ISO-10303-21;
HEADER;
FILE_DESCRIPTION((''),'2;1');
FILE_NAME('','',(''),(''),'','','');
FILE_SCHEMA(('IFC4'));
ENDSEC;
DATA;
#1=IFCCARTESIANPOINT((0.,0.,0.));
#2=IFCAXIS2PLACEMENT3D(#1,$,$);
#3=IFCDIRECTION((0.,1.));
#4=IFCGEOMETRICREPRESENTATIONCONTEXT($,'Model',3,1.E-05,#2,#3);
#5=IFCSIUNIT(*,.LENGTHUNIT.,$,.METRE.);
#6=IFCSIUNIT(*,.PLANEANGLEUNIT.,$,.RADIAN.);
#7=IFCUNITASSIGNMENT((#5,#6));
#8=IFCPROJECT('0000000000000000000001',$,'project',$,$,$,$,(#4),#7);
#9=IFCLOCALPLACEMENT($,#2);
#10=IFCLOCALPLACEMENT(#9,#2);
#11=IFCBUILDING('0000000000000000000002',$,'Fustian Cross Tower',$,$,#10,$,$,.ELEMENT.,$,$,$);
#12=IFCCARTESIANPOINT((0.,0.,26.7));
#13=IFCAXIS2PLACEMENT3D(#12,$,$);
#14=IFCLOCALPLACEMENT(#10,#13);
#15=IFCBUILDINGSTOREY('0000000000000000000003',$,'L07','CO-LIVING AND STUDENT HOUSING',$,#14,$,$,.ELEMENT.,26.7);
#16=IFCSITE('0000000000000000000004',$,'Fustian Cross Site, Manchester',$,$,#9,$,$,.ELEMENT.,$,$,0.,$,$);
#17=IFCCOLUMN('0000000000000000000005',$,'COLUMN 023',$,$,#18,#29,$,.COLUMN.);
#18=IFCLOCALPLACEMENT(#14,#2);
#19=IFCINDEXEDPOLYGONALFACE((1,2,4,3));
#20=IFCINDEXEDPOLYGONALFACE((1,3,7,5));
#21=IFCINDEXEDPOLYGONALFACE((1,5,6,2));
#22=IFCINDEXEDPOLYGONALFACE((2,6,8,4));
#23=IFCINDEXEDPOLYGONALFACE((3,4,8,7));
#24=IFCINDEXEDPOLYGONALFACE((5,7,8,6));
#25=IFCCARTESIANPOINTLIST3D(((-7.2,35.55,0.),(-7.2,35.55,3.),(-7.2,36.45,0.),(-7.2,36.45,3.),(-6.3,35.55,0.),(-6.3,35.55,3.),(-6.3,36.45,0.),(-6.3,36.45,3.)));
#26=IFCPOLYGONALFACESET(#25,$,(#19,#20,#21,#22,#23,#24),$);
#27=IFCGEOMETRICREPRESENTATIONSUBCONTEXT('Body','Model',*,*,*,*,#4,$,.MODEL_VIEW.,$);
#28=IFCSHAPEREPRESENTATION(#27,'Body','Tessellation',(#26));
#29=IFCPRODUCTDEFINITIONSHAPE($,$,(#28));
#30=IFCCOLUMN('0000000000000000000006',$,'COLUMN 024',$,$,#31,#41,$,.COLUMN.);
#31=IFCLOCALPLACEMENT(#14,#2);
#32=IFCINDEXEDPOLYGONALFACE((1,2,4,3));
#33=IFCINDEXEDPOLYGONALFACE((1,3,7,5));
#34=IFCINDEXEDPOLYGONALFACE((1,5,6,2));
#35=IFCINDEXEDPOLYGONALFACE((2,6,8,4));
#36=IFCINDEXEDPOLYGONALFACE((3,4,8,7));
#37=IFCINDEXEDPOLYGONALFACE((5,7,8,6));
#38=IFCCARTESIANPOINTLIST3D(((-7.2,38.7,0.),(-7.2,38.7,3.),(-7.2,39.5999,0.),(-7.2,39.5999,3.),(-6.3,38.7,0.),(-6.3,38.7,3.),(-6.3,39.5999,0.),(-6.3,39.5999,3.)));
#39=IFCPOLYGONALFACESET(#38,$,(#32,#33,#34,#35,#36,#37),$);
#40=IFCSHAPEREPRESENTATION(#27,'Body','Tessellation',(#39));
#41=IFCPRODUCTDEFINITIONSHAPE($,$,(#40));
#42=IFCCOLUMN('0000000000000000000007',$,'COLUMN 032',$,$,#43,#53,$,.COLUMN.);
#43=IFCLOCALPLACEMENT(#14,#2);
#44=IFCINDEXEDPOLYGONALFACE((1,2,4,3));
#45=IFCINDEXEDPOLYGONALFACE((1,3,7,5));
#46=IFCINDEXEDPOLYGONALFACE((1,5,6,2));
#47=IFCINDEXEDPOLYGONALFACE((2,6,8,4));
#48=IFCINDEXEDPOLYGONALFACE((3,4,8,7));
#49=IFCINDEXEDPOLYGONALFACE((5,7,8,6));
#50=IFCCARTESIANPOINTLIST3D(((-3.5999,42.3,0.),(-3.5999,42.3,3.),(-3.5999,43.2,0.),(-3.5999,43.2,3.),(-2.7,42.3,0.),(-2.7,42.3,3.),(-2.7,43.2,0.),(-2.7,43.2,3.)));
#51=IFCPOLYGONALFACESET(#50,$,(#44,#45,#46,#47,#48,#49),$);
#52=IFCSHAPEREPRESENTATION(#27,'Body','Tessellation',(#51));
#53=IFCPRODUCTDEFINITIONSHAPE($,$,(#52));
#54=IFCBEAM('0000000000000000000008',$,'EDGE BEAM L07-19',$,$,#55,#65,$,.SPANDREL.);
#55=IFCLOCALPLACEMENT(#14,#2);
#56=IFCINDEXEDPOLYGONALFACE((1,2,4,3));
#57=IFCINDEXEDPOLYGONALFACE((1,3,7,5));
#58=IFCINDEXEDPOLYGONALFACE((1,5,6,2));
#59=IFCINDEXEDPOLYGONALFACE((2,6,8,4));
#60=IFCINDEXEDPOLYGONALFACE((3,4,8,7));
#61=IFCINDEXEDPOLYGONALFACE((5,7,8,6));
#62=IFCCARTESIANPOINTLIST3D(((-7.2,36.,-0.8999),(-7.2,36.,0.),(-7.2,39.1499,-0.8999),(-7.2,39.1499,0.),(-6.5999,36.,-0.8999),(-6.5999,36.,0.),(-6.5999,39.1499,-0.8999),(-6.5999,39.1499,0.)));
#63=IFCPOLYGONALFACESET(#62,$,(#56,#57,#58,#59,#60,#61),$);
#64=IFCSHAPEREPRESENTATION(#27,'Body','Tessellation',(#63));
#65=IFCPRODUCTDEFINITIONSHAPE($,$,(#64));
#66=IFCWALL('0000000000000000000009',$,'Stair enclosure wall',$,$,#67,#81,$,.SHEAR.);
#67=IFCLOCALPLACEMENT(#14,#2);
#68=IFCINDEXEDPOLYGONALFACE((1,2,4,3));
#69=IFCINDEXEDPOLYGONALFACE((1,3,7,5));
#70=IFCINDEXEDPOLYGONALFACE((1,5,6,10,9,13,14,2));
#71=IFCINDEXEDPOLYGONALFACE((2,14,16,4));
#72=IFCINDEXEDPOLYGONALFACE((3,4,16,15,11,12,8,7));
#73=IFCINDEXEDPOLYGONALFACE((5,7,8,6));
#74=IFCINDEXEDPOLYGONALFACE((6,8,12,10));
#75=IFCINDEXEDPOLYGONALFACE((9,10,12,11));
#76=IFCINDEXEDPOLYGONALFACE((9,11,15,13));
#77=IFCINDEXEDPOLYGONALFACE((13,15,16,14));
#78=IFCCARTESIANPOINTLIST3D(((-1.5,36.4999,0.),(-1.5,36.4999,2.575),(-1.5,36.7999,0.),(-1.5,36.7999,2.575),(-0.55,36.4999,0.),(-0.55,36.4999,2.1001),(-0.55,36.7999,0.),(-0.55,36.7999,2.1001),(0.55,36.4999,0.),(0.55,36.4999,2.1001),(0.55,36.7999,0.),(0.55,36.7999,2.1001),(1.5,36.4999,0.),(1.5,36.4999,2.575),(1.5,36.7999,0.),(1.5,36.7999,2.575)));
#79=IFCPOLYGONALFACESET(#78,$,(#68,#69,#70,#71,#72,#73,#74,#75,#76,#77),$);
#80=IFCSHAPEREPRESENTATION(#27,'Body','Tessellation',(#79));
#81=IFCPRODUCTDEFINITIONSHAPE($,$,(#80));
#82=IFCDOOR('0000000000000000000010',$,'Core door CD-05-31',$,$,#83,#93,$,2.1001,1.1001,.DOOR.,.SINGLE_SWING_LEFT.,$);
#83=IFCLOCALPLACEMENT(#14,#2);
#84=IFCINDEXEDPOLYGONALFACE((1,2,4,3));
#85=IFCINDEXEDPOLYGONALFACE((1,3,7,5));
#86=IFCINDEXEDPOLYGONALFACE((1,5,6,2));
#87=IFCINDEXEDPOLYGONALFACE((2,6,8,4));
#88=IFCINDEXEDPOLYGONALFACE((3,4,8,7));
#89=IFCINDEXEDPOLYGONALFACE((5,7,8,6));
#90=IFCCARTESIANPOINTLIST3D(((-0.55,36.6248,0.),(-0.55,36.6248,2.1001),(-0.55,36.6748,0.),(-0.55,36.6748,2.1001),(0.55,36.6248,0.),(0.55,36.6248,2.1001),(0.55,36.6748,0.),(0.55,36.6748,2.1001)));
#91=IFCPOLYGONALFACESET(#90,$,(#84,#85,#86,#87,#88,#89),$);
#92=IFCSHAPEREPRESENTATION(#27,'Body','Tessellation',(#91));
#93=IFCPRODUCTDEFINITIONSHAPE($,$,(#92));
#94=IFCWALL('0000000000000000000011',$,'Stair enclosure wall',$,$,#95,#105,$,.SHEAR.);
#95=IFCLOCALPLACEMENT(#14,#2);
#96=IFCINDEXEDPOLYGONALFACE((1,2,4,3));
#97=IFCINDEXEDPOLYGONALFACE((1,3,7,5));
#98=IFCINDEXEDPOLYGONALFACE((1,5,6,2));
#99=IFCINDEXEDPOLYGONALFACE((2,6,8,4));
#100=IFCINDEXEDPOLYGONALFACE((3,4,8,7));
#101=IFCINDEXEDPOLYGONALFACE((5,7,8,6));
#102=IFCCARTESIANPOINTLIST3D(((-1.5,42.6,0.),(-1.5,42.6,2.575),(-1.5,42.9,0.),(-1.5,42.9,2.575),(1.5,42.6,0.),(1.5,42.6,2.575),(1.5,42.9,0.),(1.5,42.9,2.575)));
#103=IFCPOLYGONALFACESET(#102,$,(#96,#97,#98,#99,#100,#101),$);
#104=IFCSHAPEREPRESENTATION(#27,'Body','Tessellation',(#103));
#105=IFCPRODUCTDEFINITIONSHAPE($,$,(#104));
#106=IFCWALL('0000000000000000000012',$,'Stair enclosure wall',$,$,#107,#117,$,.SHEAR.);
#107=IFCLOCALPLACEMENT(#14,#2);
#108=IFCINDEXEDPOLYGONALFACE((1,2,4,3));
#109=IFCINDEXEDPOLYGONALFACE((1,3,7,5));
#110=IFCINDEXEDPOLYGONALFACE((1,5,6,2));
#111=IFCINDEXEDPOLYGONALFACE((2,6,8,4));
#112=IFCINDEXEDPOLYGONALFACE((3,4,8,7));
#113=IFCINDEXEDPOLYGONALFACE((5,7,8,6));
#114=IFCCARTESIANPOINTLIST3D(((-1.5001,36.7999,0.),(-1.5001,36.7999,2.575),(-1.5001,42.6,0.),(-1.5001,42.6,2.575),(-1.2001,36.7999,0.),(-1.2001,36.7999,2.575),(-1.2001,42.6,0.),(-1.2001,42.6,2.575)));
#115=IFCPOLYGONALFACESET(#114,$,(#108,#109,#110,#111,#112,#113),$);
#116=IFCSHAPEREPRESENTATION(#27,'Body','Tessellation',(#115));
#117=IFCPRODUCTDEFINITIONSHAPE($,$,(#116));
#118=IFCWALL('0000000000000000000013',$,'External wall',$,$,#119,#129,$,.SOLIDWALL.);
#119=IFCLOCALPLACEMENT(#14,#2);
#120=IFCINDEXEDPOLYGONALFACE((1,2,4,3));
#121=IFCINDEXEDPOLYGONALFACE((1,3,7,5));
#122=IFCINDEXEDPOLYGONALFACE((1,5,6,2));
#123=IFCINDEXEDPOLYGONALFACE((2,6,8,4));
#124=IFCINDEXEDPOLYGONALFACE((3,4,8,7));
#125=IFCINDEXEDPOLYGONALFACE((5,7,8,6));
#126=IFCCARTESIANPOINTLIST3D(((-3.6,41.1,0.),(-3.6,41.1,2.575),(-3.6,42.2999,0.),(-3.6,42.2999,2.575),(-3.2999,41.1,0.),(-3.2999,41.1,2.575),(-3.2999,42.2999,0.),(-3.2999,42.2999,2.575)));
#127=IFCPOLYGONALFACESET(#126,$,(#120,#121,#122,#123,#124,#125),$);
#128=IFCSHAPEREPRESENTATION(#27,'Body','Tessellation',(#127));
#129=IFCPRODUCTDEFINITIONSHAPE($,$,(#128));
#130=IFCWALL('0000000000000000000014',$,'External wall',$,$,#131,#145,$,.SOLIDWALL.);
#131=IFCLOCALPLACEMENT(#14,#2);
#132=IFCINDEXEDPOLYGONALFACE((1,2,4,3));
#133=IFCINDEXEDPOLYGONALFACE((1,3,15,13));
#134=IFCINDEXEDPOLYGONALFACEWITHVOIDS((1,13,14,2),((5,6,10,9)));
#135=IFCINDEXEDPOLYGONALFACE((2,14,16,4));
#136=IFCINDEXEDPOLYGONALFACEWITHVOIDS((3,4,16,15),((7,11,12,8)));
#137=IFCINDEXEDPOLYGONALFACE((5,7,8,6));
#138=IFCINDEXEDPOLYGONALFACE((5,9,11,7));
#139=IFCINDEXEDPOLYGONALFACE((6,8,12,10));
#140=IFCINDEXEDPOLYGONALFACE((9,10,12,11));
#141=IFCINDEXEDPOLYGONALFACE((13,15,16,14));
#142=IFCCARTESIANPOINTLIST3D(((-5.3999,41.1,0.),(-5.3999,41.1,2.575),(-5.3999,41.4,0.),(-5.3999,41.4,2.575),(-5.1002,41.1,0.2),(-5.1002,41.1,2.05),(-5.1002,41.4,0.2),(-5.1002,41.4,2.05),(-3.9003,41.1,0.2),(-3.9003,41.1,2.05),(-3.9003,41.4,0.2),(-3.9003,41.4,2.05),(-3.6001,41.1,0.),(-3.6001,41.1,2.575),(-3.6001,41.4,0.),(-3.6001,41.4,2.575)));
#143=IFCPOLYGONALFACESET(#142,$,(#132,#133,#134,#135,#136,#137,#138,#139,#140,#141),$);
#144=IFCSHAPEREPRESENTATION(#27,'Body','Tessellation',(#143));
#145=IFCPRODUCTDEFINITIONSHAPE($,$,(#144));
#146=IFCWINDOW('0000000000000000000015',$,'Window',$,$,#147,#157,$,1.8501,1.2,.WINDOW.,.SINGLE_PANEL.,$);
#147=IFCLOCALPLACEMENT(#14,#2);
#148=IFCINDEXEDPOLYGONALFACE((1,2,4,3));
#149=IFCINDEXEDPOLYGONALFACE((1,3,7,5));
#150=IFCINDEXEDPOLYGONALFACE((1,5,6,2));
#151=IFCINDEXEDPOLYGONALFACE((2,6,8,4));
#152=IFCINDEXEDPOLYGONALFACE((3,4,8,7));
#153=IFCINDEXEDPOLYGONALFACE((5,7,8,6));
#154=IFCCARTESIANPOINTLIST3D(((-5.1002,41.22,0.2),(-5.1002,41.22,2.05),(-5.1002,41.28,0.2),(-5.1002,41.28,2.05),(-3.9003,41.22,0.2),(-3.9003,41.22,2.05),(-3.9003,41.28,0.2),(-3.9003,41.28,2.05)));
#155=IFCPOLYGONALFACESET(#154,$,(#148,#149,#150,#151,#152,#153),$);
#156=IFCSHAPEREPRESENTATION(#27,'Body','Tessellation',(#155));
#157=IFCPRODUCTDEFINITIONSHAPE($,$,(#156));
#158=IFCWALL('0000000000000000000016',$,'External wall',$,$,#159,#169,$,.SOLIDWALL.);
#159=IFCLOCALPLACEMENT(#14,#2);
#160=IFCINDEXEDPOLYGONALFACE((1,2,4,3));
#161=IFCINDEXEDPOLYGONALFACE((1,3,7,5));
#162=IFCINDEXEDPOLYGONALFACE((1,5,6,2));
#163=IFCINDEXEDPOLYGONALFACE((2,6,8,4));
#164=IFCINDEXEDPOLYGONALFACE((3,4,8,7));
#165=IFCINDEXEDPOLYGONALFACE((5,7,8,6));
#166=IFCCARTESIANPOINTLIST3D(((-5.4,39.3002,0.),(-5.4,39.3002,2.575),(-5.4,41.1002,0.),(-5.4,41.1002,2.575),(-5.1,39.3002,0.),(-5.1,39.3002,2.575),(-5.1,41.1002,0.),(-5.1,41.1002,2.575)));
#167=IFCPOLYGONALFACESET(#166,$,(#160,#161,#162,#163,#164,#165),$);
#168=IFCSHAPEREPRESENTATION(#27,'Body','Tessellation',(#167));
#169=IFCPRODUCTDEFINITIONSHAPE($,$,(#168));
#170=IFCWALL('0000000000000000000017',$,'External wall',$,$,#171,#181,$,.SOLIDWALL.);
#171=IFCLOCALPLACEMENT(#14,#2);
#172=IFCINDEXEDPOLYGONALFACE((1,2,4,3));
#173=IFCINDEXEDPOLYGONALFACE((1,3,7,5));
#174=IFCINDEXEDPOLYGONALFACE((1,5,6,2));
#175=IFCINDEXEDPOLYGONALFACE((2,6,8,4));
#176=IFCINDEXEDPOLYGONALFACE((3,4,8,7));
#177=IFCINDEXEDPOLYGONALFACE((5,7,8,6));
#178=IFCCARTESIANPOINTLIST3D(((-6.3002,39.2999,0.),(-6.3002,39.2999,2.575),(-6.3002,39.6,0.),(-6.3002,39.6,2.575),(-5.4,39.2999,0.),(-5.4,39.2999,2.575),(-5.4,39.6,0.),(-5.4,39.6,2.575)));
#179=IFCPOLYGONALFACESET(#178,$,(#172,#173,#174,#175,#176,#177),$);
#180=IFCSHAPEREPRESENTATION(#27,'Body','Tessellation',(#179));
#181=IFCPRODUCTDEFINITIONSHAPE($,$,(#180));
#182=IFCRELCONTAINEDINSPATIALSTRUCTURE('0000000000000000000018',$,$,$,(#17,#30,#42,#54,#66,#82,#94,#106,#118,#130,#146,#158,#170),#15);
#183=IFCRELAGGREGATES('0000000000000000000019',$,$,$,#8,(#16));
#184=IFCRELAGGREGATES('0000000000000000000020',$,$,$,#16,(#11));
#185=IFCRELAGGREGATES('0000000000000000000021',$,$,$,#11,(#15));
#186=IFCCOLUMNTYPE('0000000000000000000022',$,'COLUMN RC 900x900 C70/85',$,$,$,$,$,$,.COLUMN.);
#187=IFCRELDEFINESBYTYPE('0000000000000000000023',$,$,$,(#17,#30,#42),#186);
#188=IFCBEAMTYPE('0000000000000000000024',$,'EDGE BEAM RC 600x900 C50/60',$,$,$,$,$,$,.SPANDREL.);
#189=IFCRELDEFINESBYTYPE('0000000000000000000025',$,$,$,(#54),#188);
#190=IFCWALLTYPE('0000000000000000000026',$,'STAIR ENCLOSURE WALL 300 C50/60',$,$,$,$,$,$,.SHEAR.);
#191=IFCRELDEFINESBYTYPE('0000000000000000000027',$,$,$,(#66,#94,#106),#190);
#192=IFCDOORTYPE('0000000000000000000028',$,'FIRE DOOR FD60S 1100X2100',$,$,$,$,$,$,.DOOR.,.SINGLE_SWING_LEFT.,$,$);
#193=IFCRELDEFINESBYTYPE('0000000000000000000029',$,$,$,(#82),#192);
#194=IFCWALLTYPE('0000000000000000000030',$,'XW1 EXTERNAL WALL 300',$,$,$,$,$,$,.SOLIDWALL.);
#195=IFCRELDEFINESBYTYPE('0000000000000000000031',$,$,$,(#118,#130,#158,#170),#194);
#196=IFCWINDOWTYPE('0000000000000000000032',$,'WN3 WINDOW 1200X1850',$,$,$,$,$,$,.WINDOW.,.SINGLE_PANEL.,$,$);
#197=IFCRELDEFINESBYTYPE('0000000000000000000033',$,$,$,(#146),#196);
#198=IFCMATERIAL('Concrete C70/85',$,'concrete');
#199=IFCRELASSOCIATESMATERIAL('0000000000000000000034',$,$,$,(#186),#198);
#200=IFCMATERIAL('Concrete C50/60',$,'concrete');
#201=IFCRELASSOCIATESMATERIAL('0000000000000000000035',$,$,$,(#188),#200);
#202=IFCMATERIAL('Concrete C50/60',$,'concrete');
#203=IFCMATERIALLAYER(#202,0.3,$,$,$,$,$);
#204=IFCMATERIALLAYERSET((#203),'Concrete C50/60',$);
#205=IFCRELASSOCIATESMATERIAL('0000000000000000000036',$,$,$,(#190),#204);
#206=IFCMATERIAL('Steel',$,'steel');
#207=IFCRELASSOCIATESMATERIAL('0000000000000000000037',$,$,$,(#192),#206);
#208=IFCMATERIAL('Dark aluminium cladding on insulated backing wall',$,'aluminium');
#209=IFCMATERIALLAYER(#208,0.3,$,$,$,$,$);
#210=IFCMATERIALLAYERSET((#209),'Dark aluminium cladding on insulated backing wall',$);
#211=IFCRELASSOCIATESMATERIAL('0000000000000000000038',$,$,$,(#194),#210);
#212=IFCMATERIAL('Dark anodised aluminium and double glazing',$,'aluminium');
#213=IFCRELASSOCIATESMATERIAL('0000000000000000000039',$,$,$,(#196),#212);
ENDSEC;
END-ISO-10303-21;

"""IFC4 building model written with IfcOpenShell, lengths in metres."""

from ifc_helpers import new_model, si_unit, direction, frame, frame_2d, origin, origin_2d, place, context, subcontext, project, spatial, rectangle, extrude, material, layer, layer_set, material_profile, profile_set, type_object, element, fill, save


model = new_model("IFC4")

# Units and contexts
model_context = context("Model", 3, precision=1e-05, world=origin(), true_north=direction((0.0, 1.0)))
body_context = subcontext(model_context, "Body", "Model", "MODEL_VIEW")
ifc_project = project(units=[si_unit("LENGTHUNIT", "METRE"), si_unit("PLANEANGLEUNIT", "RADIAN")], contexts=[model_context])

# Site, building, storey
site_placement = place(None, origin())
site = spatial("IfcSite", under=ifc_project, at=site_placement, Name="Fustian Cross Site, Manchester", CompositionType="ELEMENT", RefElevation=0.0)
building_placement = place(site_placement, origin())
building = spatial("IfcBuilding", under=site, at=building_placement, Name="Fustian Cross Tower", CompositionType="ELEMENT")
storey_placement = place(building_placement, frame((0.0, 0.0, 26.7)))
storey = spatial("IfcBuildingStorey", under=building, at=storey_placement, Name="L07", Description="CO-LIVING AND STUDENT HOUSING", CompositionType="ELEMENT", Elevation=26.7)

# Columns
ifc_material_1 = material(Name="Concrete C70/85", Category="concrete")
ifc_material_profile_1 = material_profile(ifc_material_1, rectangle(XDim=0.8999, YDim=0.8999, at=origin_2d()), Name="RC 900x900")
ifc_profile_set_1 = profile_set([ifc_material_profile_1], Name="Concrete C70/85")
column_type = type_object("IfcColumnType", Name="COLUMN RC 900x900 C70/85", PredefinedType="COLUMN", material=ifc_profile_set_1)
for number, where, z_axis, x_axis, name in (
    (1, (-6.75, 36.0, 0.0), (0.0, 0.0, 1.0), (1.0, 0.0, 0.0), "COLUMN 023"),
    (2, (-6.75, 39.1499, 0.0), (0.0, 0.0, 1.0), (1.0, 0.0, 0.0), "COLUMN 024"),
    (3, (-3.1499, 42.75, 0.0), (0.0, 0.0, 1.0), (1.0, 0.0, 0.0), "COLUMN 032"),
):
    element("IfcColumn", number, at=place(storey_placement, frame(where, z_axis=z_axis, x_axis=x_axis)), inside=storey, type_object=column_type, Name=name, PredefinedType="COLUMN", context=body_context, shape_type="SweptSolid", body=[
        extrude(rectangle(XDim=0.8999, YDim=0.8999, at=origin_2d()), origin(), (0.0, 0.0, 1.0), 3.0),
    ])

# Beam
ifc_material_2 = material(Name="Concrete C50/60", Category="concrete")
ifc_material_profile_2 = material_profile(ifc_material_2, rectangle(XDim=0.6001, YDim=0.8999, at=origin_2d()), Name="RC 600x900")
ifc_profile_set_2 = profile_set([ifc_material_profile_2], Name="Concrete C50/60")
beam_type = type_object("IfcBeamType", Name="EDGE BEAM RC 600x900 C50/60", PredefinedType="SPANDREL", material=ifc_profile_set_2)
beam_placement = place(storey_placement, frame((-6.8999, 39.1499, -0.45), z_axis=(0.0, -1.0, 0.0), x_axis=(1.0, 0.0, 0.0)))
element("IfcBeam", 4, at=beam_placement, inside=storey, type_object=beam_type, Name="EDGE BEAM L07-19", PredefinedType="SPANDREL", context=body_context, shape_type="SweptSolid", body=[
    extrude(rectangle(XDim=0.6001, YDim=0.8999, at=origin_2d()), origin(), (0.0, 0.0, 1.0), 3.1499),
])

# Wall, opening, door
ifc_material_3 = material(Name="Concrete C50/60", Category="concrete")
ifc_layer_1 = layer(ifc_material_3, 0.3)
ifc_layer_set_1 = layer_set([ifc_layer_1], Name="Concrete C50/60")
wall_type_1 = type_object("IfcWallType", Name="STAIR ENCLOSURE WALL 300 C50/60", PredefinedType="SHEAR", material=ifc_layer_set_1)
wall_1_placement = place(storey_placement, frame((-1.5, 36.6499, 0.0), z_axis=(0.0, 0.0, 1.0), x_axis=(1.0, 0.0, 0.0)))
wall_1 = element("IfcWall", 5, at=wall_1_placement, inside=storey, type_object=wall_type_1, Name="Stair enclosure wall", PredefinedType="SHEAR", context=body_context, shape_type="SweptSolid", body=[
    extrude(rectangle(XDim=3.0, YDim=0.3, at=frame_2d((1.5, 0.0))), origin(), (0.0, 0.0, 1.0), 2.575),
])
opening_1_placement = place(wall_1_placement, frame((0.95, 0.0, 0.0)))
opening_1 = element("IfcOpeningElement", 6, at=opening_1_placement, cuts=wall_1, PredefinedType="OPENING", context=body_context, shape_type="SweptSolid", body=[
    extrude(rectangle(XDim=1.1001, YDim=2.1001, at=frame_2d((0.55, 1.05))), frame((0.0, 0.1599, 0.0), z_axis=(0.0, -1.0, 0.0), x_axis=(1.0, 0.0, 0.0)), (0.0, 0.0, 1.0), 0.3201),
])
ifc_material_4 = material(Name="Steel", Category="steel")
door_type = type_object("IfcDoorType", Name="FIRE DOOR FD60S 1100X2100", OperationType="SINGLE_SWING_LEFT", PredefinedType="DOOR", material=ifc_material_4)
door_placement = place(opening_1_placement, origin())
door = element("IfcDoor", 7, at=door_placement, inside=storey, type_object=door_type, Name="Core door CD-05-31", OperationType="SINGLE_SWING_LEFT", OverallHeight=2.1001, OverallWidth=1.1001, PredefinedType="DOOR", context=body_context, shape_type="SweptSolid", body=[
    extrude(rectangle(XDim=1.1001, YDim=2.1001, at=frame_2d((0.55, 1.05))), frame((0.0, 0.0249, 0.0), z_axis=(0.0, -1.0, 0.0), x_axis=(1.0, 0.0, 0.0)), (0.0, 0.0, 1.0), 0.05),
])
fill(opening_1, door)

# Walls
wall_2_placement = place(storey_placement, frame((-1.5, 42.75, 0.0), z_axis=(0.0, 0.0, 1.0), x_axis=(1.0, 0.0, 0.0)))
element("IfcWall", 8, at=wall_2_placement, inside=storey, type_object=wall_type_1, Name="Stair enclosure wall", PredefinedType="SHEAR", context=body_context, shape_type="SweptSolid", body=[
    extrude(rectangle(XDim=3.0, YDim=0.3, at=frame_2d((1.5, 0.0))), origin(), (0.0, 0.0, 1.0), 2.575),
])
wall_3_placement = place(storey_placement, frame((-1.3501, 36.8, 0.0), z_axis=(0.0, 0.0, 1.0), x_axis=(0.0, 1.0, 0.0)))
element("IfcWall", 9, at=wall_3_placement, inside=storey, type_object=wall_type_1, Name="Stair enclosure wall", PredefinedType="SHEAR", context=body_context, shape_type="SweptSolid", body=[
    extrude(rectangle(XDim=5.8, YDim=0.3, at=frame_2d((2.8999, 0.0))), origin(), (0.0, 0.0, 1.0), 2.575),
])
ifc_material_5 = material(Name="Dark aluminium cladding on insulated backing wall", Category="aluminium")
ifc_layer_2 = layer(ifc_material_5, 0.3)
ifc_layer_set_2 = layer_set([ifc_layer_2], Name="Dark aluminium cladding on insulated backing wall")
wall_type_2 = type_object("IfcWallType", Name="XW1 EXTERNAL WALL 300", PredefinedType="SOLIDWALL", material=ifc_layer_set_2)
wall_4_placement = place(storey_placement, frame((-3.45, 42.3, 0.0), z_axis=(0.0, 0.0, 1.0), x_axis=(0.0, -1.0, 0.0)))
element("IfcWall", 10, at=wall_4_placement, inside=storey, type_object=wall_type_2, Name="External wall", PredefinedType="SOLIDWALL", context=body_context, shape_type="SweptSolid", body=[
    extrude(rectangle(XDim=1.2, YDim=0.3, at=frame_2d((0.6001, 0.0))), origin(), (0.0, 0.0, 1.0), 2.575),
])

# Wall, opening, window
wall_5_placement = place(storey_placement, frame((-3.6001, 41.25, 0.0), z_axis=(0.0, 0.0, 1.0), x_axis=(-1.0, 0.0, 0.0)))
wall_5 = element("IfcWall", 11, at=wall_5_placement, inside=storey, type_object=wall_type_2, Name="External wall", PredefinedType="SOLIDWALL", context=body_context, shape_type="SweptSolid", body=[
    extrude(rectangle(XDim=1.7998, YDim=0.3, at=frame_2d((0.8999, 0.0))), origin(), (0.0, 0.0, 1.0), 2.575),
])
opening_2_placement = place(wall_5_placement, frame((0.3, 0.0, 0.2)))
opening_2 = element("IfcOpeningElement", 12, at=opening_2_placement, cuts=wall_5, PredefinedType="OPENING", context=body_context, shape_type="SweptSolid", body=[
    extrude(rectangle(XDim=1.2, YDim=1.8501, at=frame_2d((0.6001, 0.925))), frame((0.0, 0.1599, 0.0), z_axis=(0.0, -1.0, 0.0), x_axis=(1.0, 0.0, 0.0)), (0.0, 0.0, 1.0), 0.3201),
])
ifc_material_6 = material(Name="Dark anodised aluminium and double glazing", Category="aluminium")
window_type = type_object("IfcWindowType", Name="WN3 WINDOW 1200X1850", PartitioningType="SINGLE_PANEL", PredefinedType="WINDOW", material=ifc_material_6)
window_placement = place(opening_2_placement, origin())
window = element("IfcWindow", 13, at=window_placement, inside=storey, type_object=window_type, Name="Window", OverallHeight=1.8501, OverallWidth=1.2, PartitioningType="SINGLE_PANEL", PredefinedType="WINDOW", context=body_context, shape_type="SweptSolid", body=[
    extrude(rectangle(XDim=1.2, YDim=1.8501, at=frame_2d((0.6001, 0.925))), frame((0.0, 0.03, 0.0), z_axis=(0.0, -1.0, 0.0), x_axis=(1.0, 0.0, 0.0)), (0.0, 0.0, 1.0), 0.0601),
])
fill(opening_2, window)

# Walls
wall_6_placement = place(storey_placement, frame((-5.25, 41.1001, 0.0), z_axis=(0.0, 0.0, 1.0), x_axis=(0.0, -1.0, 0.0)))
element("IfcWall", 14, at=wall_6_placement, inside=storey, type_object=wall_type_2, Name="External wall", PredefinedType="SOLIDWALL", context=body_context, shape_type="SweptSolid", body=[
    extrude(rectangle(XDim=1.8, YDim=0.3, at=frame_2d((0.8999, 0.0))), origin(), (0.0, 0.0, 1.0), 2.575),
])
wall_7_placement = place(storey_placement, frame((-5.3999, 39.45, 0.0), z_axis=(0.0, 0.0, 1.0), x_axis=(-1.0, 0.0, 0.0)))
element("IfcWall", 15, at=wall_7_placement, inside=storey, type_object=wall_type_2, Name="External wall", PredefinedType="SOLIDWALL", context=body_context, shape_type="SweptSolid", body=[
    extrude(rectangle(XDim=0.9001, YDim=0.3, at=frame_2d((0.4502, 0.0))), origin(), (0.0, 0.0, 1.0), 2.575),
])

save(model, "model.ifc")
